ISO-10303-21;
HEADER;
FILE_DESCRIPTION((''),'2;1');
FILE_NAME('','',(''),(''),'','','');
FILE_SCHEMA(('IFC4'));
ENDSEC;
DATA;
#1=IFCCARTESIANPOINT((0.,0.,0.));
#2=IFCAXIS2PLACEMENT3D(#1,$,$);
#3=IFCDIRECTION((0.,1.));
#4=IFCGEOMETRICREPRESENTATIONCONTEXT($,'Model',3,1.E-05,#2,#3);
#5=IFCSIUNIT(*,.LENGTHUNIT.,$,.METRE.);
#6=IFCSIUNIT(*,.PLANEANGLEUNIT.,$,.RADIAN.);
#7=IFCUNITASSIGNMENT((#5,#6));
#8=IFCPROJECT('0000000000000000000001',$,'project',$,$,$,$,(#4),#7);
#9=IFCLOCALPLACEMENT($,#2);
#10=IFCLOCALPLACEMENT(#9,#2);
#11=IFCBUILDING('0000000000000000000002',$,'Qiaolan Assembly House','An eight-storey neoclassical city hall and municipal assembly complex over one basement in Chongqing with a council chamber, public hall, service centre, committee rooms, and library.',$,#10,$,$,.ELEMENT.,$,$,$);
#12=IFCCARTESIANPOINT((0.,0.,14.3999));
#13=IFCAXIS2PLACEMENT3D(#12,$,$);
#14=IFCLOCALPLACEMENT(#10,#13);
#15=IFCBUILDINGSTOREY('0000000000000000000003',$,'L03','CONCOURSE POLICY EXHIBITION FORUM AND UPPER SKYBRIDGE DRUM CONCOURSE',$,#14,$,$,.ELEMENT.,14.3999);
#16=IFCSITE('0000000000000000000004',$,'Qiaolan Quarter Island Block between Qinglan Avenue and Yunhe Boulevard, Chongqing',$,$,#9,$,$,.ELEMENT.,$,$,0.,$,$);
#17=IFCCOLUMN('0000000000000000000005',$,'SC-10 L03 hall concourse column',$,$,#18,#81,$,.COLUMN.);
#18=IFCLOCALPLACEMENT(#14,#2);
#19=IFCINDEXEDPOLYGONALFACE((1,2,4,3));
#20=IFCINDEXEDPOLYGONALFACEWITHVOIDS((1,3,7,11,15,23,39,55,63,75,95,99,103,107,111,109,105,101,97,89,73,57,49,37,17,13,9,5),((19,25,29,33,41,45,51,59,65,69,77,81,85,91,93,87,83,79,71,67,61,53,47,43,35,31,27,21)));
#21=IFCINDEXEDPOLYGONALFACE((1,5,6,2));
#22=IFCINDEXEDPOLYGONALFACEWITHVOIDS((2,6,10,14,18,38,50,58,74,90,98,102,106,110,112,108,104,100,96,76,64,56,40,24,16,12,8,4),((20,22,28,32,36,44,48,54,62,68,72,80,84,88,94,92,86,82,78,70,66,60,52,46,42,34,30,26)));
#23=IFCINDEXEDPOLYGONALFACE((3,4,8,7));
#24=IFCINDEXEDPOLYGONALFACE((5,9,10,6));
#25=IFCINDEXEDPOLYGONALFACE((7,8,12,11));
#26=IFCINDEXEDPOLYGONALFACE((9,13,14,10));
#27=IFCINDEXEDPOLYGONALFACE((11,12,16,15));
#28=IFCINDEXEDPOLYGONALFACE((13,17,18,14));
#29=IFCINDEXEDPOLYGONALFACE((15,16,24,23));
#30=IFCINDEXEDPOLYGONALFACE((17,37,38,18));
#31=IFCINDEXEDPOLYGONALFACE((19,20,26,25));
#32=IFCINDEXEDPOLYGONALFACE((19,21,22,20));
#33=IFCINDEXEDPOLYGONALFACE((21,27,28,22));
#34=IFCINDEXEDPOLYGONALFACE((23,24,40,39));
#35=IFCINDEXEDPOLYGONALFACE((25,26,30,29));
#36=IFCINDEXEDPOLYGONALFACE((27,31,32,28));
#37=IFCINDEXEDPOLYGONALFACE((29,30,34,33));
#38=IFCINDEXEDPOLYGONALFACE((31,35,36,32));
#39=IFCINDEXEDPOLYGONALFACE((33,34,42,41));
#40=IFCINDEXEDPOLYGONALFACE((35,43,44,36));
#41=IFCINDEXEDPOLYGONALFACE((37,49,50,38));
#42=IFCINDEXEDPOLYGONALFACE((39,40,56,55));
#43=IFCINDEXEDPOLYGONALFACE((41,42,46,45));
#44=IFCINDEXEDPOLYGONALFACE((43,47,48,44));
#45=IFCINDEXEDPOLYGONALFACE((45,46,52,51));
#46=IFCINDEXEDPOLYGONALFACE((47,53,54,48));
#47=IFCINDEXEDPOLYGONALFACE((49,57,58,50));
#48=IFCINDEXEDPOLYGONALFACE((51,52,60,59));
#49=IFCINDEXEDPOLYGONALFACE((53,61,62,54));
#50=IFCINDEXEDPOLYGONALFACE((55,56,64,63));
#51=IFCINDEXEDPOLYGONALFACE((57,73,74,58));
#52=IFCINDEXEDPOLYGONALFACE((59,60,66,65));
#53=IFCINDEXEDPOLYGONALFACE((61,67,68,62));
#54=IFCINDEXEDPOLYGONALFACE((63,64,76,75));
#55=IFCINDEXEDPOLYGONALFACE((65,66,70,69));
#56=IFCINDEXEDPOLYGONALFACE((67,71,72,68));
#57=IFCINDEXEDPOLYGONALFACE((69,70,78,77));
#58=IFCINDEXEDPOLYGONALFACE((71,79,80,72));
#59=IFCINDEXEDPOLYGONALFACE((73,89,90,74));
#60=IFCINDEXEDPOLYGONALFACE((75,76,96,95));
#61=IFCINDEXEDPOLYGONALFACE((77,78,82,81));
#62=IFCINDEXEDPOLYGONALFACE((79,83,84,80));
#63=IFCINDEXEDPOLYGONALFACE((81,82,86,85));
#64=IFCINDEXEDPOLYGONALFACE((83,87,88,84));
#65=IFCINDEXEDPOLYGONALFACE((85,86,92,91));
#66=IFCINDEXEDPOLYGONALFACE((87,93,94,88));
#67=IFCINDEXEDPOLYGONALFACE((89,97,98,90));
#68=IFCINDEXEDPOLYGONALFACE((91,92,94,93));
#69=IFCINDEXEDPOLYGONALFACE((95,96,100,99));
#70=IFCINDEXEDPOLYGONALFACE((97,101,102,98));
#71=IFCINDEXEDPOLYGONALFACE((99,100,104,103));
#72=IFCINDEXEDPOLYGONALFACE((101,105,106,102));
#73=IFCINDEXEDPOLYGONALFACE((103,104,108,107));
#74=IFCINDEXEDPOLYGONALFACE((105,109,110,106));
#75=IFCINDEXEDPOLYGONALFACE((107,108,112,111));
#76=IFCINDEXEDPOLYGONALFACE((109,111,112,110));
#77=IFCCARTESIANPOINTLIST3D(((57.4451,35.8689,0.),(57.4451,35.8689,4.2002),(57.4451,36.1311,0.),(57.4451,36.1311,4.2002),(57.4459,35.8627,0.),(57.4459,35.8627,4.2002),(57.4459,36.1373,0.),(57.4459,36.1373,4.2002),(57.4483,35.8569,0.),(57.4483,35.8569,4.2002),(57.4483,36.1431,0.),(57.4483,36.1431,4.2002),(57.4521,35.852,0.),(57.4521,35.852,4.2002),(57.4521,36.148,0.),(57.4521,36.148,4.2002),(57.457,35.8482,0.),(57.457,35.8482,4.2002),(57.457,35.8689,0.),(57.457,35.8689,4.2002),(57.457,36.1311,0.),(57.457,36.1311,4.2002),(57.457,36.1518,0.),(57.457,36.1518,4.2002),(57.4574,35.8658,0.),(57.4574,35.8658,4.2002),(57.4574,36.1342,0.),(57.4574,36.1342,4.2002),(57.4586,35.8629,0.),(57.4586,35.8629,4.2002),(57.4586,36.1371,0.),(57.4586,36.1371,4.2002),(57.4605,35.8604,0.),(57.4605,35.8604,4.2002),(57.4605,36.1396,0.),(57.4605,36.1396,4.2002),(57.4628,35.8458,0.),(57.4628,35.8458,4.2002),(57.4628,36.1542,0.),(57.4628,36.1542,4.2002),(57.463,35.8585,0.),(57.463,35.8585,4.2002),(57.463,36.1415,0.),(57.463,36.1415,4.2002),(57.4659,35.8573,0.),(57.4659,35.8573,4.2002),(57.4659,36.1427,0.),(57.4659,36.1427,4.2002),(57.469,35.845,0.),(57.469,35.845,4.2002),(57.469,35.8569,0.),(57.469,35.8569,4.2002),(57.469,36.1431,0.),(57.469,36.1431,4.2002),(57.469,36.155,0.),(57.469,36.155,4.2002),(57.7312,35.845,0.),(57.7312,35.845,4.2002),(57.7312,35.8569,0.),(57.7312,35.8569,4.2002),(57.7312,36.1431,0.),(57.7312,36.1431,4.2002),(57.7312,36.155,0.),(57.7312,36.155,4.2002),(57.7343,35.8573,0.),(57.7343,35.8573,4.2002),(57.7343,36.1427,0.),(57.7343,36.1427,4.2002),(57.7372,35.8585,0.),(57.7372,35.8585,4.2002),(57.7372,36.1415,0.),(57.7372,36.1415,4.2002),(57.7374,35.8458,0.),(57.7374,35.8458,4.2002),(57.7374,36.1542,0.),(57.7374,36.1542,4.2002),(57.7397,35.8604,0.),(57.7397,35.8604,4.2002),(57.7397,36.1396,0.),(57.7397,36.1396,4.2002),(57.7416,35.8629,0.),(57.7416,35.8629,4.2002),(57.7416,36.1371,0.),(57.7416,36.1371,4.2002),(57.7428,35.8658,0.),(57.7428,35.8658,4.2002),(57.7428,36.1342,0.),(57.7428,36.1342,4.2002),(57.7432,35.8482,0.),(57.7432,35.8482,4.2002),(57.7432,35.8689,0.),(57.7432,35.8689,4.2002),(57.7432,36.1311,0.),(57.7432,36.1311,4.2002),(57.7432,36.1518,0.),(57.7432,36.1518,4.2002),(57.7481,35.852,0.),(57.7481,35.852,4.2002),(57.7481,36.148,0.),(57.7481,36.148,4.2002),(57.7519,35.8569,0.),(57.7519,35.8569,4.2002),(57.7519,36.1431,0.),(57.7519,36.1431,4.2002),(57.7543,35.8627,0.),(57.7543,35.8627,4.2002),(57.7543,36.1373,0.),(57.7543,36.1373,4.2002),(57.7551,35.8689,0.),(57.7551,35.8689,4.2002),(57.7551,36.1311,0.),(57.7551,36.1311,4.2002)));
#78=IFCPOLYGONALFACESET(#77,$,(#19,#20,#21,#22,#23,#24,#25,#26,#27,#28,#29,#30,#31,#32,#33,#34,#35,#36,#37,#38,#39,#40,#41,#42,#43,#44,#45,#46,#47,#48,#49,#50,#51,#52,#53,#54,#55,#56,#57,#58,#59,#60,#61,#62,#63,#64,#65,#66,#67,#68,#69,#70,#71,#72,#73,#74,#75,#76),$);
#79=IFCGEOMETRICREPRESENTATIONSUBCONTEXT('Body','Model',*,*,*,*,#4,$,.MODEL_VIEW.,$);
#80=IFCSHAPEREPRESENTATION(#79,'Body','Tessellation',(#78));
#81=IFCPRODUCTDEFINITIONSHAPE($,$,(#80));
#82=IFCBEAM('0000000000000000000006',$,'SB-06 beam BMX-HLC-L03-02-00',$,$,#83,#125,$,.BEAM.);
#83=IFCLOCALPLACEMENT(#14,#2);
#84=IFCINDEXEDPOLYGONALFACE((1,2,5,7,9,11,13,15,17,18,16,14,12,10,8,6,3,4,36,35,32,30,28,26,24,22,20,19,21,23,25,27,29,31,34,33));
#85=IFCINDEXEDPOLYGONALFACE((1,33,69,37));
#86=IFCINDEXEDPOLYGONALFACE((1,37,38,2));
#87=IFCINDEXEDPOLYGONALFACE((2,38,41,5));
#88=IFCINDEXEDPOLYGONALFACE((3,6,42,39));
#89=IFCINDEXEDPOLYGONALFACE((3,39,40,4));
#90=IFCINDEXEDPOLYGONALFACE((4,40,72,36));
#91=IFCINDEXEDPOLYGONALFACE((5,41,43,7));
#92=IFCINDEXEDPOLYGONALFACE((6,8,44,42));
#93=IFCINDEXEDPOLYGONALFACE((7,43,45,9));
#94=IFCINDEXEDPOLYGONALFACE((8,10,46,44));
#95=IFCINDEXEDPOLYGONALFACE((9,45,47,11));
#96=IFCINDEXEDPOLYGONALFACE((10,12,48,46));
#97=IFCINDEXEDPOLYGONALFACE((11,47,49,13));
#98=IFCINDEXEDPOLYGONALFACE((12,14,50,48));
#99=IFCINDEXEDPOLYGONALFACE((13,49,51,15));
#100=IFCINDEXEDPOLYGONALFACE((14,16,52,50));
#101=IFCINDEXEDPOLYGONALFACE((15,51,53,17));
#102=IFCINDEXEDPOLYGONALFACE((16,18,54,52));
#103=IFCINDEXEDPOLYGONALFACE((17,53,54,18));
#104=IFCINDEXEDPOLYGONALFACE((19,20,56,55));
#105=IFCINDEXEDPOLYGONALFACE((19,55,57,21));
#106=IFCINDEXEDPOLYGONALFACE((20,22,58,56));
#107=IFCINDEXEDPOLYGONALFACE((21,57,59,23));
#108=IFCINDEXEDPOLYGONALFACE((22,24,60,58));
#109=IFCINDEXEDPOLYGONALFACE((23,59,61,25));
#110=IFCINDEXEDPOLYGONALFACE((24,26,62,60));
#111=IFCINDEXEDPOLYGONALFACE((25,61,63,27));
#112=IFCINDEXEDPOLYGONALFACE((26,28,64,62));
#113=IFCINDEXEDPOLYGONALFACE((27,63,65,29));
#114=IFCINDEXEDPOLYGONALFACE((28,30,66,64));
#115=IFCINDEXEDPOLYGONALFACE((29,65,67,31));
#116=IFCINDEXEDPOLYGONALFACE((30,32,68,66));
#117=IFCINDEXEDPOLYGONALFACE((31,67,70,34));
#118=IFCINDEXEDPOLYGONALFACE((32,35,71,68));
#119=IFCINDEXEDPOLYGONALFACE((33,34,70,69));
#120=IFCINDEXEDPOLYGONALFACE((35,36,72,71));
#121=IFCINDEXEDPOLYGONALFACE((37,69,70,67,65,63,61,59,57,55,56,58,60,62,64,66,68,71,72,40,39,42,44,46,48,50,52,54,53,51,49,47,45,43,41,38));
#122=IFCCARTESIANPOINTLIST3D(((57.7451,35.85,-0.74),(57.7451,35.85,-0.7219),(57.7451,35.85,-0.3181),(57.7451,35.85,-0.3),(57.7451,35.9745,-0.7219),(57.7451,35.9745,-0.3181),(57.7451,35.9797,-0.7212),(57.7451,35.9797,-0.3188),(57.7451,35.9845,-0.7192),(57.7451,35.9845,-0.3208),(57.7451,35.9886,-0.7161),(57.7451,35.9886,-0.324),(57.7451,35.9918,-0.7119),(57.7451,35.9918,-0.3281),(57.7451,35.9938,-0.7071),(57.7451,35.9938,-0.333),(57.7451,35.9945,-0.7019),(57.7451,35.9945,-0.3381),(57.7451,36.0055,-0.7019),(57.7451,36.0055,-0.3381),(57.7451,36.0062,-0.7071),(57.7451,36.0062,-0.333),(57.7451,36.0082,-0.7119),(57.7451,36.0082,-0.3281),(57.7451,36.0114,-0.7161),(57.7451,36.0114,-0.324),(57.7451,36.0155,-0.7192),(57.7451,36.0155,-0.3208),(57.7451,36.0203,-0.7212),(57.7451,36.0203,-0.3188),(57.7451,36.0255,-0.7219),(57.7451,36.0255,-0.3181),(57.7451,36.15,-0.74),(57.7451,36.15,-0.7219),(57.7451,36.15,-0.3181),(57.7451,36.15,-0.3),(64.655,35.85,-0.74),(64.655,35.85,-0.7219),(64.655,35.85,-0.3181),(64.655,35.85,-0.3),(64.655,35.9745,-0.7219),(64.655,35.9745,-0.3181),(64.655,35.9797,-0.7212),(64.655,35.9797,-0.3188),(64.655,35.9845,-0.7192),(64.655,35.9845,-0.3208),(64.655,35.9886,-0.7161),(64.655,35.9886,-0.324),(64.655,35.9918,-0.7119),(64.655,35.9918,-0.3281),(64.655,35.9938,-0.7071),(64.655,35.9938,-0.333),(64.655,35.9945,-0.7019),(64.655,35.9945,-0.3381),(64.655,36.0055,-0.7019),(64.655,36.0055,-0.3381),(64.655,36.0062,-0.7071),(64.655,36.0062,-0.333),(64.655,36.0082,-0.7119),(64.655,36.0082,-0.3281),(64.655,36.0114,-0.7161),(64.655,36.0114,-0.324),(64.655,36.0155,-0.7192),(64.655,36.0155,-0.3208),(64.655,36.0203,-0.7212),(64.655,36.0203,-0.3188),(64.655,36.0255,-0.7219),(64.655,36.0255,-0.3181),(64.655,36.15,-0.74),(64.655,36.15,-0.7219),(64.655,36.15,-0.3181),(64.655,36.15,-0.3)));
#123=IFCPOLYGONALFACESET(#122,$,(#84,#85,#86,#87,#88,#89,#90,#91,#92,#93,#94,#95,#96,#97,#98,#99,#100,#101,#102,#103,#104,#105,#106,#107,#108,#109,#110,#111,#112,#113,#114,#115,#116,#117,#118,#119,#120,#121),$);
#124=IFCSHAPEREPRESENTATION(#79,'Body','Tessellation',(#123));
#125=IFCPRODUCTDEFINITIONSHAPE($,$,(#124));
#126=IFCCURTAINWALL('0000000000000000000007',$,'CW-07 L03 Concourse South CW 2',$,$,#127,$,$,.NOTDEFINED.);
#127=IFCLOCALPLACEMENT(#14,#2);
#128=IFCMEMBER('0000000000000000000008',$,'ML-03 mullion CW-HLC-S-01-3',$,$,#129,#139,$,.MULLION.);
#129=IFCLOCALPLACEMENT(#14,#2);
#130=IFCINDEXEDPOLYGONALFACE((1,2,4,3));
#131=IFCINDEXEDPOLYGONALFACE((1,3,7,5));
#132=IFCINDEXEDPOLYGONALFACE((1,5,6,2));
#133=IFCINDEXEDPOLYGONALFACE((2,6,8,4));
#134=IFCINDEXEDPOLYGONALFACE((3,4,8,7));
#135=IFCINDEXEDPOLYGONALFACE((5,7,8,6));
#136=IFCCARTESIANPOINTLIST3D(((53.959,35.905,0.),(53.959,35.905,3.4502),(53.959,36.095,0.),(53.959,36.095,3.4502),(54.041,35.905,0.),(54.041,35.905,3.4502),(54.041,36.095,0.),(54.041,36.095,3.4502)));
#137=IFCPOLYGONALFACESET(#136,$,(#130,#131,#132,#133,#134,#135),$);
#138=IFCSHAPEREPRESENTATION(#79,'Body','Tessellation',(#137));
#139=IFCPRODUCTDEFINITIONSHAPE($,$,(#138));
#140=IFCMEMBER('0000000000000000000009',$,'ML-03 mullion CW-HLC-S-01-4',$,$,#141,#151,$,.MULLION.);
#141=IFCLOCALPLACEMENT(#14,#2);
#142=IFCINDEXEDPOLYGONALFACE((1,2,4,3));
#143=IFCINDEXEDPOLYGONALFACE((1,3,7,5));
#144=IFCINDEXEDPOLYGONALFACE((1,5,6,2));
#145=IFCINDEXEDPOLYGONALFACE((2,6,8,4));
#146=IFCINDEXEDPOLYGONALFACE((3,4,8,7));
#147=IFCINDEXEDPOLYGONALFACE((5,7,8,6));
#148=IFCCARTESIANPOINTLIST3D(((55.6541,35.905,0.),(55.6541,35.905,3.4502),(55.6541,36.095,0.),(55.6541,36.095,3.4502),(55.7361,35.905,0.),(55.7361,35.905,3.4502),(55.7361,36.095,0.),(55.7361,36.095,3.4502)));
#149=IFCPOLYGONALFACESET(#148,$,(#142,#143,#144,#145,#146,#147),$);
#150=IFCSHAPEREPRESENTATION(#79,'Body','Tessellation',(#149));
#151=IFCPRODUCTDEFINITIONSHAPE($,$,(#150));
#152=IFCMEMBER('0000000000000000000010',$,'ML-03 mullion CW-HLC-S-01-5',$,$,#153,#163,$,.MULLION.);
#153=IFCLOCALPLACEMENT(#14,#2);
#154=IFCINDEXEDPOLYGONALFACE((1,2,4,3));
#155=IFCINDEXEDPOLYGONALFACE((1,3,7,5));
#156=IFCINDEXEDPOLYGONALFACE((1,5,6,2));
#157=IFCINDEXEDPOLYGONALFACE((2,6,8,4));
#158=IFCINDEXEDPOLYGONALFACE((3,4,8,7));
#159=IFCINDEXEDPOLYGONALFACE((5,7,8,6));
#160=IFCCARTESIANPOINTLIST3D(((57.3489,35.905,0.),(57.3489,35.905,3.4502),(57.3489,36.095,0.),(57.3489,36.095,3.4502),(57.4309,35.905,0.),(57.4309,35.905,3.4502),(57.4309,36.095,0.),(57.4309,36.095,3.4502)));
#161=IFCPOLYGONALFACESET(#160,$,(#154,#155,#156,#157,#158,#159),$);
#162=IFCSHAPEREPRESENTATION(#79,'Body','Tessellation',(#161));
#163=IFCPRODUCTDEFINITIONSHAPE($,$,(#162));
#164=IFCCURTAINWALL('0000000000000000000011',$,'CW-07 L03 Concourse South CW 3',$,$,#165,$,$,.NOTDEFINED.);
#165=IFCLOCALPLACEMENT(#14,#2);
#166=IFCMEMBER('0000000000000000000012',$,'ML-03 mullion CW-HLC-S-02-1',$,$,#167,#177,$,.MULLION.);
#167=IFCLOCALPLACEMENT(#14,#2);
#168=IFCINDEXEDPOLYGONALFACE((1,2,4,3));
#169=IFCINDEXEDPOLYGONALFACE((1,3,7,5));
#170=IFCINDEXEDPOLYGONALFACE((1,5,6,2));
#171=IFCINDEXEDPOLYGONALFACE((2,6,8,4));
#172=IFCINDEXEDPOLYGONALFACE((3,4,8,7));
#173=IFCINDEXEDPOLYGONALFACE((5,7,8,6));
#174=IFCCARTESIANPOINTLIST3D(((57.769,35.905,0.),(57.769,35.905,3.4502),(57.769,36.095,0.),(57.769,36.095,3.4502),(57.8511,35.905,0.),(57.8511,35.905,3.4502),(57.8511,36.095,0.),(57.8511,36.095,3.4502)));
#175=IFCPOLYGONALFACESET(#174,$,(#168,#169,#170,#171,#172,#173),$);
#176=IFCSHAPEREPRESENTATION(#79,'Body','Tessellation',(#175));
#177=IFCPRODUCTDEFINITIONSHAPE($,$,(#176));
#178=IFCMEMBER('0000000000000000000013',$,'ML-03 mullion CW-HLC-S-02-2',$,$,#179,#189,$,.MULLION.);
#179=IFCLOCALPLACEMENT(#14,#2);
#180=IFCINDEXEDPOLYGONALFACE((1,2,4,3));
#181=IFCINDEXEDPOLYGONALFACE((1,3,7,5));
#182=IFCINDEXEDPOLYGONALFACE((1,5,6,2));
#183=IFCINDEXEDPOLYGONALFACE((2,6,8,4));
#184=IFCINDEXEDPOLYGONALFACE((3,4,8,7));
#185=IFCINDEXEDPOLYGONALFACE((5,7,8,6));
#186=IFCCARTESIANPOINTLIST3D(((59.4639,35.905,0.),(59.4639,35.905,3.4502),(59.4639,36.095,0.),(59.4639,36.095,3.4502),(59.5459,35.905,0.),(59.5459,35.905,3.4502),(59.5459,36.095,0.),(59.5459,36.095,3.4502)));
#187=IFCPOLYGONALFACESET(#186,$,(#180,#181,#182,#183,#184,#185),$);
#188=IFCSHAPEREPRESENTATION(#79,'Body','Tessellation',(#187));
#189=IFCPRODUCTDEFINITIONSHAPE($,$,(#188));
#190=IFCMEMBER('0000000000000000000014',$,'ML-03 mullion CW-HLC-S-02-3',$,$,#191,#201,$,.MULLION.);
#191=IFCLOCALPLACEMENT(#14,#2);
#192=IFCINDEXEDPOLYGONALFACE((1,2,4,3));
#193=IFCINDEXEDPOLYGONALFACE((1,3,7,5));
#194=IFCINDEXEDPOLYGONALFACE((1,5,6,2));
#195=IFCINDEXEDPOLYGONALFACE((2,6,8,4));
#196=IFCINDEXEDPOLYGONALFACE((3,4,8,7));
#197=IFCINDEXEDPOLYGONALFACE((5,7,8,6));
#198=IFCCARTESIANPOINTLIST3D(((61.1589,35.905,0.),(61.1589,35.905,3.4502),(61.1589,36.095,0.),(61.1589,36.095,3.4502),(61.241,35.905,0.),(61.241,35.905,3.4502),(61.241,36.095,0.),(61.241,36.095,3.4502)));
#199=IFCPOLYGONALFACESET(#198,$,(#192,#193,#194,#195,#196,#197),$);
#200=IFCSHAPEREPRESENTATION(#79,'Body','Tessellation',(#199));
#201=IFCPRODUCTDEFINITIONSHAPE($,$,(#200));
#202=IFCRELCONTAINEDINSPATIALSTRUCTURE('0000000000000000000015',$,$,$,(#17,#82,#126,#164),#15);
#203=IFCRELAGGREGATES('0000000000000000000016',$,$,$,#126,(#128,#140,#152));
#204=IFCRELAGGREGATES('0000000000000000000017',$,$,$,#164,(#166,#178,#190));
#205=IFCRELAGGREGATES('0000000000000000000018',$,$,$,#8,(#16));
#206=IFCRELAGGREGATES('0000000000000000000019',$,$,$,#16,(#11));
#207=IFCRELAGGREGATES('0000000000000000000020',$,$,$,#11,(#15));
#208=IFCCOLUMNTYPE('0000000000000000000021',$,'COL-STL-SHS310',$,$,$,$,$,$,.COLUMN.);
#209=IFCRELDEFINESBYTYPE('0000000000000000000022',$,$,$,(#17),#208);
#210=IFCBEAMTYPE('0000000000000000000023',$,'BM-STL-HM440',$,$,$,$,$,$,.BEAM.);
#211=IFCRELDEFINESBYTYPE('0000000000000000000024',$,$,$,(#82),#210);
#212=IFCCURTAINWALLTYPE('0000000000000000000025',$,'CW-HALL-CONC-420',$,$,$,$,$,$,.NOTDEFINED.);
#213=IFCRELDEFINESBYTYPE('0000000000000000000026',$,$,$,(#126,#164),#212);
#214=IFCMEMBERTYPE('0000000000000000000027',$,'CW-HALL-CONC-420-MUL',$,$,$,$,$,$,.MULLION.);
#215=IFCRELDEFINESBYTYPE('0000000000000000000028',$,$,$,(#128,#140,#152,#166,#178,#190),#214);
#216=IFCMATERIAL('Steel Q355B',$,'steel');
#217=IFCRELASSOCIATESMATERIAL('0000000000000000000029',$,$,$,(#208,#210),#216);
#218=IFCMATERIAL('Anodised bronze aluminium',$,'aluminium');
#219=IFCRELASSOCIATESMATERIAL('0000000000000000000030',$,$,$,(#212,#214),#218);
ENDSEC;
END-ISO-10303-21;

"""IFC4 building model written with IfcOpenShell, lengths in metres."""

from ifc_helpers import new_model, si_unit, direction, frame, origin, origin_2d, place, context, subcontext, project, spatial, rectangle, hollow_rectangle, i_section, extrude, material, material_profile, profile_set, type_object, element, aggregate, save


model = new_model("IFC4")

# Units and contexts
model_context = context("Model", 3, precision=1e-05, world=origin(), true_north=direction((0.0, 1.0)))
body_context = subcontext(model_context, "Body", "Model", "MODEL_VIEW")
ifc_project = project(units=[si_unit("LENGTHUNIT", "METRE"), si_unit("PLANEANGLEUNIT", "RADIAN")], contexts=[model_context])

# Site, building, storey
site_placement = place(None, origin())
site = spatial("IfcSite", under=ifc_project, at=site_placement, Name="Qiaolan Quarter Island Block between Qinglan Avenue and Yunhe Boulevard, Chongqing", CompositionType="ELEMENT", RefElevation=0.0)
building_placement = place(site_placement, origin())
building = spatial("IfcBuilding", under=site, at=building_placement, Name="Qiaolan Assembly House", Description="An eight-storey neoclassical city hall and municipal assembly complex over one basement in Chongqing with a council chamber, public hall, service centre, committee rooms, and library.", CompositionType="ELEMENT")
storey_placement = place(building_placement, frame((0.0, 0.0, 14.3999)))
storey = spatial("IfcBuildingStorey", under=building, at=storey_placement, Name="L03", Description="CONCOURSE POLICY EXHIBITION FORUM AND UPPER SKYBRIDGE DRUM CONCOURSE", CompositionType="ELEMENT", Elevation=14.3999)

# Column
ifc_material_1 = material(Name="Steel Q355B", Category="steel")
ifc_material_profile_1 = material_profile(ifc_material_1, hollow_rectangle(XDim=0.3101, YDim=0.3101, WallThickness=0.012, InnerFilletRadius=0.012, OuterFilletRadius=0.0239, at=origin_2d()), Name="SHS 310x310x12")
ifc_profile_set_1 = profile_set([ifc_material_profile_1], Name="Steel Q355B")
column_type = type_object("IfcColumnType", Name="COL-STL-SHS310", PredefinedType="COLUMN", material=ifc_profile_set_1)
column_placement = place(storey_placement, frame((57.6001, 36.0, 0.0), z_axis=(0.0, 0.0, 1.0), x_axis=(1.0, 0.0, 0.0)))
element("IfcColumn", 1, at=column_placement, inside=storey, type_object=column_type, Name="SC-10 L03 hall concourse column", PredefinedType="COLUMN", context=body_context, shape_type="SweptSolid", body=[
    extrude(hollow_rectangle(XDim=0.3101, YDim=0.3101, WallThickness=0.012, InnerFilletRadius=0.012, OuterFilletRadius=0.0239, at=origin_2d()), origin(), (0.0, 0.0, 1.0), 4.2002),
])

# Beam
ifc_material_profile_2 = material_profile(ifc_material_1, i_section(OverallWidth=0.3, OverallDepth=0.4399, WebThickness=0.011, FlangeThickness=0.0181, FilletRadius=0.02, at=origin_2d()), Name="HM 440x300x11x18")
ifc_profile_set_2 = profile_set([ifc_material_profile_2], Name="Steel Q355B")
beam_type = type_object("IfcBeamType", Name="BM-STL-HM440", PredefinedType="BEAM", material=ifc_profile_set_2)
beam_placement = place(storey_placement, frame((57.7451, 36.0, -0.52), z_axis=(1.0, 0.0, 0.0), x_axis=(0.0, 1.0, 0.0)))
element("IfcBeam", 2, at=beam_placement, inside=storey, type_object=beam_type, Name="SB-06 beam BMX-HLC-L03-02-00", PredefinedType="BEAM", context=body_context, shape_type="SweptSolid", body=[
    extrude(i_section(OverallWidth=0.3, OverallDepth=0.4399, WebThickness=0.011, FlangeThickness=0.0181, FilletRadius=0.02, at=origin_2d()), origin(), (0.0, 0.0, 1.0), 6.9099),
])

# Curtain walls, members
ifc_material_2 = material(Name="Anodised bronze aluminium", Category="aluminium")
curtain_wall_type = type_object("IfcCurtainWallType", Name="CW-HALL-CONC-420", PredefinedType="NOTDEFINED", material=ifc_material_2)
curtain_wall_1_placement = place(storey_placement, origin())
curtain_wall_1 = element("IfcCurtainWall", 3, at=curtain_wall_1_placement, inside=storey, type_object=curtain_wall_type, Name="CW-07 L03 Concourse South CW 2", PredefinedType="NOTDEFINED")
ifc_material_profile_3 = material_profile(ifc_material_2, rectangle(XDim=0.082, YDim=0.1899, at=origin_2d()), Name="MUL 82x190")
ifc_profile_set_3 = profile_set([ifc_material_profile_3], Name="Anodised bronze aluminium")
member_type_1 = type_object("IfcMemberType", Name="CW-HALL-CONC-420-MUL", PredefinedType="MULLION", material=ifc_profile_set_3)
member_1_placement = place(storey_placement, frame((54.0, 36.0, 0.0), z_axis=(0.0, 0.0, 1.0), x_axis=(1.0, 0.0, 0.0)))
member_1 = element("IfcMember", 4, at=member_1_placement, type_object=member_type_1, Name="ML-03 mullion CW-HLC-S-01-3", PredefinedType="MULLION", context=body_context, shape_type="SweptSolid", body=[
    extrude(rectangle(XDim=0.082, YDim=0.1899, at=origin_2d()), origin(), (0.0, 0.0, 1.0), 3.4502),
])
member_2_placement = place(storey_placement, frame((55.6951, 36.0, 0.0), z_axis=(0.0, 0.0, 1.0), x_axis=(1.0, 0.0, 0.0)))
member_2 = element("IfcMember", 5, at=member_2_placement, type_object=member_type_1, Name="ML-03 mullion CW-HLC-S-01-4", PredefinedType="MULLION", context=body_context, shape_type="SweptSolid", body=[
    extrude(rectangle(XDim=0.082, YDim=0.1899, at=origin_2d()), origin(), (0.0, 0.0, 1.0), 3.4502),
])
member_3_placement = place(storey_placement, frame((57.3899, 36.0, 0.0), z_axis=(0.0, 0.0, 1.0), x_axis=(1.0, 0.0, 0.0)))
member_3 = element("IfcMember", 6, at=member_3_placement, type_object=member_type_1, Name="ML-03 mullion CW-HLC-S-01-5", PredefinedType="MULLION", context=body_context, shape_type="SweptSolid", body=[
    extrude(rectangle(XDim=0.082, YDim=0.1899, at=origin_2d()), origin(), (0.0, 0.0, 1.0), 3.4502),
])
curtain_wall_2_placement = place(storey_placement, origin())
curtain_wall_2 = element("IfcCurtainWall", 7, at=curtain_wall_2_placement, inside=storey, type_object=curtain_wall_type, Name="CW-07 L03 Concourse South CW 3", PredefinedType="NOTDEFINED")
member_4_placement = place(storey_placement, frame((57.8101, 36.0, 0.0), z_axis=(0.0, 0.0, 1.0), x_axis=(1.0, 0.0, 0.0)))
member_4 = element("IfcMember", 8, at=member_4_placement, type_object=member_type_1, Name="ML-03 mullion CW-HLC-S-02-1", PredefinedType="MULLION", context=body_context, shape_type="SweptSolid", body=[
    extrude(rectangle(XDim=0.082, YDim=0.1899, at=origin_2d()), origin(), (0.0, 0.0, 1.0), 3.4502),
])
member_5_placement = place(storey_placement, frame((59.5049, 36.0, 0.0), z_axis=(0.0, 0.0, 1.0), x_axis=(1.0, 0.0, 0.0)))
member_5 = element("IfcMember", 9, at=member_5_placement, type_object=member_type_1, Name="ML-03 mullion CW-HLC-S-02-2", PredefinedType="MULLION", context=body_context, shape_type="SweptSolid", body=[
    extrude(rectangle(XDim=0.082, YDim=0.1899, at=origin_2d()), origin(), (0.0, 0.0, 1.0), 3.4502),
])
member_6_placement = place(storey_placement, frame((61.2, 36.0, 0.0), z_axis=(0.0, 0.0, 1.0), x_axis=(1.0, 0.0, 0.0)))
member_6 = element("IfcMember", 10, at=member_6_placement, type_object=member_type_1, Name="ML-03 mullion CW-HLC-S-02-3", PredefinedType="MULLION", context=body_context, shape_type="SweptSolid", body=[
    extrude(rectangle(XDim=0.082, YDim=0.1899, at=origin_2d()), origin(), (0.0, 0.0, 1.0), 3.4502),
])

aggregate(curtain_wall_1, [member_1, member_2, member_3])
aggregate(curtain_wall_2, [member_4, member_5, member_6])

save(model, "model.ifc")
